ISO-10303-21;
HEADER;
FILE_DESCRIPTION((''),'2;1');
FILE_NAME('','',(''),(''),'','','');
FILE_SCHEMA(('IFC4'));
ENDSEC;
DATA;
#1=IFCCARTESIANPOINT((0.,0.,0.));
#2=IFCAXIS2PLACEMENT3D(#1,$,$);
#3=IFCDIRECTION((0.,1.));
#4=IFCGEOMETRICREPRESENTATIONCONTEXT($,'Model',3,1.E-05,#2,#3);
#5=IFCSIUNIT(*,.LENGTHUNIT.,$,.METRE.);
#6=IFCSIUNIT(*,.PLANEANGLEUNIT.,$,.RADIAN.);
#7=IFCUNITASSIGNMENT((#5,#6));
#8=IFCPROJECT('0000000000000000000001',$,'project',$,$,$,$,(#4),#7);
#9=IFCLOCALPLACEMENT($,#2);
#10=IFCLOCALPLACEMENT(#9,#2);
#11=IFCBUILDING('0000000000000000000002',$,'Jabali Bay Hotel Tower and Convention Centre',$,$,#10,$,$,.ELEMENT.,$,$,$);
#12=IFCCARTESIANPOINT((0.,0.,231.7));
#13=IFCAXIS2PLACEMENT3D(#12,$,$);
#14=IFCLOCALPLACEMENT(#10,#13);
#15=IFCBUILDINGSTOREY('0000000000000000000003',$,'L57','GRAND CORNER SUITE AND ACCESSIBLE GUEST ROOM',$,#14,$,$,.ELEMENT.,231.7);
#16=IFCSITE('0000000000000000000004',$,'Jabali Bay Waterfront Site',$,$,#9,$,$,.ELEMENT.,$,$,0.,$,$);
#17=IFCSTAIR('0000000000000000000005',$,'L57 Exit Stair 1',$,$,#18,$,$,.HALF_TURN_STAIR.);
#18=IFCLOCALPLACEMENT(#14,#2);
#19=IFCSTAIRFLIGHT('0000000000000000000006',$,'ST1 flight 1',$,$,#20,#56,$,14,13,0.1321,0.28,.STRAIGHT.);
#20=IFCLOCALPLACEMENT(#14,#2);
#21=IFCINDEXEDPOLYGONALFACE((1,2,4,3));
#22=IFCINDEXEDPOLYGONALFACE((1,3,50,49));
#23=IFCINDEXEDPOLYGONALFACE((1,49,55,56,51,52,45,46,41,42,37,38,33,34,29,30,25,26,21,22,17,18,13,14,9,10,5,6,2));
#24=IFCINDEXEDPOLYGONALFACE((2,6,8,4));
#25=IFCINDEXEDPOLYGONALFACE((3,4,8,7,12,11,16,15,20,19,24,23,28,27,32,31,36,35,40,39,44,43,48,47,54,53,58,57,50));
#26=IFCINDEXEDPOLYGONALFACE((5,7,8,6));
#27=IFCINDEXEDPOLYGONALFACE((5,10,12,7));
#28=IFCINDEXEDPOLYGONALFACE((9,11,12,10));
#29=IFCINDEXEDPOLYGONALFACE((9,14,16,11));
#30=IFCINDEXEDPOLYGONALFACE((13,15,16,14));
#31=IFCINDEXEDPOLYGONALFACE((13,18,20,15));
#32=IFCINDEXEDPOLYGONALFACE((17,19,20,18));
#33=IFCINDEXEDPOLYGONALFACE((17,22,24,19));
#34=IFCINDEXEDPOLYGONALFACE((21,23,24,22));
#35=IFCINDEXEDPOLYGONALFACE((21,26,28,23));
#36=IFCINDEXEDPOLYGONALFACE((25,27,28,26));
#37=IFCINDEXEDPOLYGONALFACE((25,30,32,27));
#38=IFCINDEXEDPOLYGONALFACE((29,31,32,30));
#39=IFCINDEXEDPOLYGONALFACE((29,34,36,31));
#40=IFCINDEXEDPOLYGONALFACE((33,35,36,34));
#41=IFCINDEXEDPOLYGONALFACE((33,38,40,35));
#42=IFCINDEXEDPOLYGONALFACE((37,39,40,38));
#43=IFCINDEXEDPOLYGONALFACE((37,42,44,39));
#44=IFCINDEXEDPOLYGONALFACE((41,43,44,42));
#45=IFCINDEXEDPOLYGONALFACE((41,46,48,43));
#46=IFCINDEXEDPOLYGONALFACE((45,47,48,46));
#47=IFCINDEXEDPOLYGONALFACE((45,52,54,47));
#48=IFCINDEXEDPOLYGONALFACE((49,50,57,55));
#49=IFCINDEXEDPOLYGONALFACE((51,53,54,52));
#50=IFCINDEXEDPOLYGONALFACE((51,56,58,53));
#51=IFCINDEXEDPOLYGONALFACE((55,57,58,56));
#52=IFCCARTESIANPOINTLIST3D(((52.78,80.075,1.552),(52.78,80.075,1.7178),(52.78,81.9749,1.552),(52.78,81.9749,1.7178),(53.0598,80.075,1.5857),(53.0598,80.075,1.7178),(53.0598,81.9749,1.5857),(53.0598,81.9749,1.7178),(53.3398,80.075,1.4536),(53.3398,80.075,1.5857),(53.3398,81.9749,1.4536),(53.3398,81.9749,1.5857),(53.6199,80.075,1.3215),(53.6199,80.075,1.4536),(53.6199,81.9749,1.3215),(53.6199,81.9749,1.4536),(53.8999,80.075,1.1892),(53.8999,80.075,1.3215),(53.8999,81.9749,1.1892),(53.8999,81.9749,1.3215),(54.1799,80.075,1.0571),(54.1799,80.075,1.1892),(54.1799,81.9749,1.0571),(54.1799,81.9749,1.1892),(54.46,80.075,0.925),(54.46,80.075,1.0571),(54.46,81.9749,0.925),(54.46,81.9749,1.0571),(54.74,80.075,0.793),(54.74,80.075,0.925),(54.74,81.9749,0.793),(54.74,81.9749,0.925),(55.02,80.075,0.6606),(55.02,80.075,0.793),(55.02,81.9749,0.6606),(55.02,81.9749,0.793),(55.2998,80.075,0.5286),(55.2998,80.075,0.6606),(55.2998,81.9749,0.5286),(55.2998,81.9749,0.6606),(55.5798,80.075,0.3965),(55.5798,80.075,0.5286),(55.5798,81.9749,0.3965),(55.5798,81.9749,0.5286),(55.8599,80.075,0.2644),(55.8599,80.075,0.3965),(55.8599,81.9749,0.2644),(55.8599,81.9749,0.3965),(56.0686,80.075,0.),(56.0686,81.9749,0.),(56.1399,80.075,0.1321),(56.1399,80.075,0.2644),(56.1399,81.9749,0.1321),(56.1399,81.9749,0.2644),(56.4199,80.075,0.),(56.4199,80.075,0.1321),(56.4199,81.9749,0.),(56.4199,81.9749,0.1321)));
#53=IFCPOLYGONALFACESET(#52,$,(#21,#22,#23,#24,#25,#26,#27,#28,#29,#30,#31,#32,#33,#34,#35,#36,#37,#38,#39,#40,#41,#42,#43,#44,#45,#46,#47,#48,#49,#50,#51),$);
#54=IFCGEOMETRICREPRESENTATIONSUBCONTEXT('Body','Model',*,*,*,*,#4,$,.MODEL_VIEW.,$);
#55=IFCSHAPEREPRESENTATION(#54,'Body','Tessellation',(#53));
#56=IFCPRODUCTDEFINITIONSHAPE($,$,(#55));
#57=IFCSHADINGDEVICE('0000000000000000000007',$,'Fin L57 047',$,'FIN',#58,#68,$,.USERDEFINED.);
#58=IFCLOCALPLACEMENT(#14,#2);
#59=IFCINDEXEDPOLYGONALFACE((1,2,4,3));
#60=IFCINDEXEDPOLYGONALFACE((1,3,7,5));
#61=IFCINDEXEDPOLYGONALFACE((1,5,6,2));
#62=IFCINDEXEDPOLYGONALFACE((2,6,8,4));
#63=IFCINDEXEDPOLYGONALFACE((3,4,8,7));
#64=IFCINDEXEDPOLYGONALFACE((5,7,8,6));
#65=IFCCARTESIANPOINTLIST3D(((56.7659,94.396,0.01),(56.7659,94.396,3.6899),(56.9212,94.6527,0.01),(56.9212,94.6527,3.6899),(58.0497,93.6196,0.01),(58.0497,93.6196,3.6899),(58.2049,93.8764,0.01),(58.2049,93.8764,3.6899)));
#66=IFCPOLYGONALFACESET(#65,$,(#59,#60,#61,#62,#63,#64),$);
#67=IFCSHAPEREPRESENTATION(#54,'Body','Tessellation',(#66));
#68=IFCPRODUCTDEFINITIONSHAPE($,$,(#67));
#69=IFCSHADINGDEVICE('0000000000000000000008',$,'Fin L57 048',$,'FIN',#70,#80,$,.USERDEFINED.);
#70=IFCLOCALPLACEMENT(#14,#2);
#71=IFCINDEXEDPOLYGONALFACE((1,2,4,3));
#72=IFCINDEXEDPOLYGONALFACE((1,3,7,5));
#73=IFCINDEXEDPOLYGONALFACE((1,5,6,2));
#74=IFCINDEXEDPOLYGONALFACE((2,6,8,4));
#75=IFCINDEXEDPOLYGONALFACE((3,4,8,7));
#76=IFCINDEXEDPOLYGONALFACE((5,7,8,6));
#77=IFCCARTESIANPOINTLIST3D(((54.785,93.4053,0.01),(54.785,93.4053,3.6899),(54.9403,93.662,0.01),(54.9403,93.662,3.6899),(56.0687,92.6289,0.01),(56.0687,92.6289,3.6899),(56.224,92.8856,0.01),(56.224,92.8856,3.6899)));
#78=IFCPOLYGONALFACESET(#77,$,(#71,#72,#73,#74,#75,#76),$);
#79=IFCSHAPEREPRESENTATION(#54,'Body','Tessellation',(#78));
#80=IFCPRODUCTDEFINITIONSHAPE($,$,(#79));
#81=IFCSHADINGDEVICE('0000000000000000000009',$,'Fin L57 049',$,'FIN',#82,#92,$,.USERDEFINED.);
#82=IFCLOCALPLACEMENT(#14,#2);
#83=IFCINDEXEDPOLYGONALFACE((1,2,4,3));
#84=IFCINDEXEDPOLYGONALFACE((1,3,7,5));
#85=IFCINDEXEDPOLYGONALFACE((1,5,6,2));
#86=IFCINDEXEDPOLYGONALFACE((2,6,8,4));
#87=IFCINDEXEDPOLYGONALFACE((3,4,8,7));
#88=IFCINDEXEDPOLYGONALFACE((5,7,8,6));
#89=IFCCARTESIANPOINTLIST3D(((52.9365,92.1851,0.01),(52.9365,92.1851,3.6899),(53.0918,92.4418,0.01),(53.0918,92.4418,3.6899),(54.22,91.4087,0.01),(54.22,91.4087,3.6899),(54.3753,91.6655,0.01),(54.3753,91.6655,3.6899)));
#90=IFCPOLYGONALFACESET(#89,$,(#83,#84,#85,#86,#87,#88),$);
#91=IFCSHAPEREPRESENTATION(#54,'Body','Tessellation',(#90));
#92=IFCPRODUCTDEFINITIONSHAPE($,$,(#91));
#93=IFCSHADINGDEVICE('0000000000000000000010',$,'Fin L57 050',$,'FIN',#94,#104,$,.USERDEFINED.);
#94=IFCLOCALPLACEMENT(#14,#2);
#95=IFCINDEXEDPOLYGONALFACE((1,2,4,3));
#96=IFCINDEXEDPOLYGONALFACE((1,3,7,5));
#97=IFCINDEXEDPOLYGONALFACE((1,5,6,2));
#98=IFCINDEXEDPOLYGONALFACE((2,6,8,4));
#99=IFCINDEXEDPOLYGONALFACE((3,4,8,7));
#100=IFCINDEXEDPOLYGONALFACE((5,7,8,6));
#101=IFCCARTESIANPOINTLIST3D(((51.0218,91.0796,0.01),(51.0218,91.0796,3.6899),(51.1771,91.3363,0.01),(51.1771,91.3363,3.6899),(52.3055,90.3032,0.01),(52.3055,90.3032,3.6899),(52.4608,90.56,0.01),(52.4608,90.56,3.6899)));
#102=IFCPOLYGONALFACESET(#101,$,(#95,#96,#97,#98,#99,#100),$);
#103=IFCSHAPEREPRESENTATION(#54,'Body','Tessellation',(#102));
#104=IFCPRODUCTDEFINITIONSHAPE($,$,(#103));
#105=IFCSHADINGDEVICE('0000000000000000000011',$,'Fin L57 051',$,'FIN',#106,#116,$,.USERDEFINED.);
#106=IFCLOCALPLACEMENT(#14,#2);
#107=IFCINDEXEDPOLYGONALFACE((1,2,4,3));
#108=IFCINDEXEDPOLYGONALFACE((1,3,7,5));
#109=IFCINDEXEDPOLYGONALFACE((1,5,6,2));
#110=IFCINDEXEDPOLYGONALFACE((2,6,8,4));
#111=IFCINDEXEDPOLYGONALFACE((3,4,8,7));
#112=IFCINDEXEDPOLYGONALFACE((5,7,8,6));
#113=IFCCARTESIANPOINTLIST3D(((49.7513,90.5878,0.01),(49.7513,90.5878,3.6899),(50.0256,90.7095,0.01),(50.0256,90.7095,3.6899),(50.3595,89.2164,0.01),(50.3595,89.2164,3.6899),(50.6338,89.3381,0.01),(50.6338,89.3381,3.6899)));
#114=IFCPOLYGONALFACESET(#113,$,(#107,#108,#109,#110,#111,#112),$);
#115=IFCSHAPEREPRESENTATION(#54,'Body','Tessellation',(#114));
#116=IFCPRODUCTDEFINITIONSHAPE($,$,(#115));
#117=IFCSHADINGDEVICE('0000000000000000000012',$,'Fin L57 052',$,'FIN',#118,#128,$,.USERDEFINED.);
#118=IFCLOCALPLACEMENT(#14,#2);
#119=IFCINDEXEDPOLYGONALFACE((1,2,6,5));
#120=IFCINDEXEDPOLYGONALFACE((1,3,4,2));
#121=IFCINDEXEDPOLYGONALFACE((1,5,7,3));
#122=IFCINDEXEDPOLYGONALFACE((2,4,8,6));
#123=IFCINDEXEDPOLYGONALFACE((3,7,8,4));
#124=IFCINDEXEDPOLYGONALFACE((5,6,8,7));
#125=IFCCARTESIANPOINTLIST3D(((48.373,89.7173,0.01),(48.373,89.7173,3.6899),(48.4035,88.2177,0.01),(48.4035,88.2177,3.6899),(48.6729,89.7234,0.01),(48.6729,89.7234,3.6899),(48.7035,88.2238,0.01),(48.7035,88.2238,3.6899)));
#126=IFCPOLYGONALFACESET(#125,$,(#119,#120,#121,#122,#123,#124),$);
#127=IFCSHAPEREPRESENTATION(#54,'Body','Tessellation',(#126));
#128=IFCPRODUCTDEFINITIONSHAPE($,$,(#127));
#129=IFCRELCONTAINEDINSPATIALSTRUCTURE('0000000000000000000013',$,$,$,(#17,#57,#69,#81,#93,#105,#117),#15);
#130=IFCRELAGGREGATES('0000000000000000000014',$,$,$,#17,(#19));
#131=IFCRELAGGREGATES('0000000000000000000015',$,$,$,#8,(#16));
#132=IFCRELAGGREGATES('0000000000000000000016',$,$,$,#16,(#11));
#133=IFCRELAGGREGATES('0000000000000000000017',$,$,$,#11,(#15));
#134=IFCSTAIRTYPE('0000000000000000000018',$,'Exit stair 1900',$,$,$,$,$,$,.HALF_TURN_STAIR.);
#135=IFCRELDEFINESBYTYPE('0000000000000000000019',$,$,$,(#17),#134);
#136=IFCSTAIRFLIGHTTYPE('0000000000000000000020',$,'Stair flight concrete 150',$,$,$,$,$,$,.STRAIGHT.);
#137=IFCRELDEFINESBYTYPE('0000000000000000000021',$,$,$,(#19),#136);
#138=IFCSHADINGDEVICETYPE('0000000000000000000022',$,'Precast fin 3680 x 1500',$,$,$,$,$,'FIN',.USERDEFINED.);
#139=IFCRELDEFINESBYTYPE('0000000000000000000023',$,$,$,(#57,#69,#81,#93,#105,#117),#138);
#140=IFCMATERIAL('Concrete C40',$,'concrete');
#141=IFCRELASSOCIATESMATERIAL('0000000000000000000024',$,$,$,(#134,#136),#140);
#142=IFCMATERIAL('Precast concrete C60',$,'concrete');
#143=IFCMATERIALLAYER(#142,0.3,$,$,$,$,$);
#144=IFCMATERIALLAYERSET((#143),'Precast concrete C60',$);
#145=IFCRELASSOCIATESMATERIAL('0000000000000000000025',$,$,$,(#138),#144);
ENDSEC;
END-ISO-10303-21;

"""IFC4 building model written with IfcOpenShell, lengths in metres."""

from ifc_helpers import new_model, si_unit, direction, frame, frame_2d, origin, place, context, subcontext, project, spatial, polyline, rectangle, outline, extrude, material, layer, layer_set, type_object, element, aggregate, save


model = new_model("IFC4")

# Units and contexts
model_context = context("Model", 3, precision=1e-05, world=origin(), true_north=direction((0.0, 1.0)))
body_context = subcontext(model_context, "Body", "Model", "MODEL_VIEW")
ifc_project = project(units=[si_unit("LENGTHUNIT", "METRE"), si_unit("PLANEANGLEUNIT", "RADIAN")], contexts=[model_context])

# Site, building, storey
site_placement = place(None, origin())
site = spatial("IfcSite", under=ifc_project, at=site_placement, Name="Jabali Bay Waterfront Site", CompositionType="ELEMENT", RefElevation=0.0)
building_placement = place(site_placement, origin())
building = spatial("IfcBuilding", under=site, at=building_placement, Name="Jabali Bay Hotel Tower and Convention Centre", CompositionType="ELEMENT")
storey_placement = place(building_placement, frame((0.0, 0.0, 231.7)))
storey = spatial("IfcBuildingStorey", under=building, at=storey_placement, Name="L57", Description="GRAND CORNER SUITE AND ACCESSIBLE GUEST ROOM", CompositionType="ELEMENT", Elevation=231.7)

# Shared definitions
ifc_material_1 = material(Name="Concrete C40", Category="concrete")

# Stair, stair flight
stair_type = type_object("IfcStairType", Name="Exit stair 1900", PredefinedType="HALF_TURN_STAIR", material=ifc_material_1)
stair_placement = place(storey_placement, origin())
stair = element("IfcStair", 1, at=stair_placement, inside=storey, type_object=stair_type, Name="L57 Exit Stair 1", PredefinedType="HALF_TURN_STAIR")
stair_flight_type = type_object("IfcStairFlightType", Name="Stair flight concrete 150", PredefinedType="STRAIGHT", material=ifc_material_1)
stair_flight_placement = place(storey_placement, frame((56.4199, 81.0249, 0.0), z_axis=(0.0, 0.0, 1.0), x_axis=(-1.0, 0.0, 0.0)))
stair_flight = element("IfcStairFlight", 2, at=stair_flight_placement, type_object=stair_flight_type, Name="ST1 flight 1", NumberOfRisers=14, NumberOfTreads=13, PredefinedType="STRAIGHT", RiserHeight=0.1321, TreadLength=0.28, context=body_context, shape_type="SweptSolid", body=[
    extrude(outline(polyline([(0.0, 0.0), (0.0, 0.1321), (0.28, 0.1321), (0.28, 0.2644), (0.5601, 0.2644), (0.5601, 0.3965), (0.8401, 0.3965), (0.8401, 0.5286), (1.1201, 0.5286), (1.1201, 0.6606), (1.3999, 0.6606), (1.3999, 0.793), (1.6799, 0.793), (1.6799, 0.925), (1.96, 0.925), (1.96, 1.0571), (2.24, 1.0571), (2.24, 1.1892), (2.52, 1.1892), (2.52, 1.3215), (2.8, 1.3215), (2.8, 1.4536), (3.0801, 1.4536), (3.0801, 1.5857), (3.3601, 1.5857), (3.3601, 1.7178), (3.6399, 1.7178), (3.6399, 1.8501), (3.6399, 1.552), (0.3513, 0.0), (0.0, 0.0)])), frame((0.0, 0.95, 0.0), z_axis=(0.0, -1.0, 0.0), x_axis=(1.0, 0.0, 0.0)), (0.0, 0.0, 1.0), 1.8999),
])
aggregate(stair, [stair_flight])

# Shading devices
ifc_material_2 = material(Name="Precast concrete C60", Category="concrete")
ifc_layer_1 = layer(ifc_material_2, 0.3)
ifc_layer_set_1 = layer_set([ifc_layer_1], Name="Precast concrete C60")
shading_device_type = type_object("IfcShadingDeviceType", Name="Precast fin 3680 x 1500", ElementType="FIN", PredefinedType="USERDEFINED", material=ifc_layer_set_1)
for number, where, z_axis, x_axis, name in (
    (3, (58.1272, 93.748, 0.01), (0.0, 0.0, 1.0), (-0.855678, 0.517508, 0.0), "Fin L57 047"),
    (4, (56.1462, 92.7573, 0.01), (0.0, 0.0, 1.0), (-0.855678, 0.517508, 0.0), "Fin L57 048"),
):
    element("IfcShadingDevice", number, at=place(storey_placement, frame(where, z_axis=z_axis, x_axis=x_axis)), inside=storey, type_object=shading_device_type, Name=name, ObjectType="FIN", PredefinedType="USERDEFINED", context=body_context, shape_type="SweptSolid", body=[
        extrude(rectangle(XDim=1.5002, YDim=0.3, at=frame_2d((0.75, 0.0))), origin(), (0.0, 0.0, 1.0), 3.6799),
    ])
shading_device_1_placement = place(storey_placement, frame((54.2976, 91.5371, 0.01), z_axis=(0.0, 0.0, 1.0), x_axis=(-0.855635, 0.51758, 0.0)))
element("IfcShadingDevice", 5, at=shading_device_1_placement, inside=storey, type_object=shading_device_type, Name="Fin L57 049", ObjectType="FIN", PredefinedType="USERDEFINED", context=body_context, shape_type="SweptSolid", body=[
    extrude(rectangle(XDim=1.5, YDim=0.3, at=frame_2d((0.75, 0.0))), origin(), (0.0, 0.0, 1.0), 3.6799),
])
for number, where, z_axis, x_axis, name in (
    (6, (52.3831, 90.4316, 0.01), (0.0, 0.0, 1.0), (-0.855678, 0.517508, 0.0), "Fin L57 050"),
    (7, (50.4966, 89.2773, 0.01), (0.0, 0.0, 1.0), (-0.405398, 0.91414, 0.0), "Fin L57 051"),
):
    element("IfcShadingDevice", number, at=place(storey_placement, frame(where, z_axis=z_axis, x_axis=x_axis)), inside=storey, type_object=shading_device_type, Name=name, ObjectType="FIN", PredefinedType="USERDEFINED", context=body_context, shape_type="SweptSolid", body=[
        extrude(rectangle(XDim=1.5002, YDim=0.3, at=frame_2d((0.75, 0.0))), origin(), (0.0, 0.0, 1.0), 3.6799),
    ])
shading_device_2_placement = place(storey_placement, frame((48.5535, 88.2207, 0.01), z_axis=(0.0, 0.0, 1.0), x_axis=(-0.020344, 0.999793, 0.0)))
element("IfcShadingDevice", 8, at=shading_device_2_placement, inside=storey, type_object=shading_device_type, Name="Fin L57 052", ObjectType="FIN", PredefinedType="USERDEFINED", context=body_context, shape_type="SweptSolid", body=[
    extrude(rectangle(XDim=1.5, YDim=0.3, at=frame_2d((0.75, 0.0))), origin(), (0.0, 0.0, 1.0), 3.6799),
])

save(model, "model.ifc")
